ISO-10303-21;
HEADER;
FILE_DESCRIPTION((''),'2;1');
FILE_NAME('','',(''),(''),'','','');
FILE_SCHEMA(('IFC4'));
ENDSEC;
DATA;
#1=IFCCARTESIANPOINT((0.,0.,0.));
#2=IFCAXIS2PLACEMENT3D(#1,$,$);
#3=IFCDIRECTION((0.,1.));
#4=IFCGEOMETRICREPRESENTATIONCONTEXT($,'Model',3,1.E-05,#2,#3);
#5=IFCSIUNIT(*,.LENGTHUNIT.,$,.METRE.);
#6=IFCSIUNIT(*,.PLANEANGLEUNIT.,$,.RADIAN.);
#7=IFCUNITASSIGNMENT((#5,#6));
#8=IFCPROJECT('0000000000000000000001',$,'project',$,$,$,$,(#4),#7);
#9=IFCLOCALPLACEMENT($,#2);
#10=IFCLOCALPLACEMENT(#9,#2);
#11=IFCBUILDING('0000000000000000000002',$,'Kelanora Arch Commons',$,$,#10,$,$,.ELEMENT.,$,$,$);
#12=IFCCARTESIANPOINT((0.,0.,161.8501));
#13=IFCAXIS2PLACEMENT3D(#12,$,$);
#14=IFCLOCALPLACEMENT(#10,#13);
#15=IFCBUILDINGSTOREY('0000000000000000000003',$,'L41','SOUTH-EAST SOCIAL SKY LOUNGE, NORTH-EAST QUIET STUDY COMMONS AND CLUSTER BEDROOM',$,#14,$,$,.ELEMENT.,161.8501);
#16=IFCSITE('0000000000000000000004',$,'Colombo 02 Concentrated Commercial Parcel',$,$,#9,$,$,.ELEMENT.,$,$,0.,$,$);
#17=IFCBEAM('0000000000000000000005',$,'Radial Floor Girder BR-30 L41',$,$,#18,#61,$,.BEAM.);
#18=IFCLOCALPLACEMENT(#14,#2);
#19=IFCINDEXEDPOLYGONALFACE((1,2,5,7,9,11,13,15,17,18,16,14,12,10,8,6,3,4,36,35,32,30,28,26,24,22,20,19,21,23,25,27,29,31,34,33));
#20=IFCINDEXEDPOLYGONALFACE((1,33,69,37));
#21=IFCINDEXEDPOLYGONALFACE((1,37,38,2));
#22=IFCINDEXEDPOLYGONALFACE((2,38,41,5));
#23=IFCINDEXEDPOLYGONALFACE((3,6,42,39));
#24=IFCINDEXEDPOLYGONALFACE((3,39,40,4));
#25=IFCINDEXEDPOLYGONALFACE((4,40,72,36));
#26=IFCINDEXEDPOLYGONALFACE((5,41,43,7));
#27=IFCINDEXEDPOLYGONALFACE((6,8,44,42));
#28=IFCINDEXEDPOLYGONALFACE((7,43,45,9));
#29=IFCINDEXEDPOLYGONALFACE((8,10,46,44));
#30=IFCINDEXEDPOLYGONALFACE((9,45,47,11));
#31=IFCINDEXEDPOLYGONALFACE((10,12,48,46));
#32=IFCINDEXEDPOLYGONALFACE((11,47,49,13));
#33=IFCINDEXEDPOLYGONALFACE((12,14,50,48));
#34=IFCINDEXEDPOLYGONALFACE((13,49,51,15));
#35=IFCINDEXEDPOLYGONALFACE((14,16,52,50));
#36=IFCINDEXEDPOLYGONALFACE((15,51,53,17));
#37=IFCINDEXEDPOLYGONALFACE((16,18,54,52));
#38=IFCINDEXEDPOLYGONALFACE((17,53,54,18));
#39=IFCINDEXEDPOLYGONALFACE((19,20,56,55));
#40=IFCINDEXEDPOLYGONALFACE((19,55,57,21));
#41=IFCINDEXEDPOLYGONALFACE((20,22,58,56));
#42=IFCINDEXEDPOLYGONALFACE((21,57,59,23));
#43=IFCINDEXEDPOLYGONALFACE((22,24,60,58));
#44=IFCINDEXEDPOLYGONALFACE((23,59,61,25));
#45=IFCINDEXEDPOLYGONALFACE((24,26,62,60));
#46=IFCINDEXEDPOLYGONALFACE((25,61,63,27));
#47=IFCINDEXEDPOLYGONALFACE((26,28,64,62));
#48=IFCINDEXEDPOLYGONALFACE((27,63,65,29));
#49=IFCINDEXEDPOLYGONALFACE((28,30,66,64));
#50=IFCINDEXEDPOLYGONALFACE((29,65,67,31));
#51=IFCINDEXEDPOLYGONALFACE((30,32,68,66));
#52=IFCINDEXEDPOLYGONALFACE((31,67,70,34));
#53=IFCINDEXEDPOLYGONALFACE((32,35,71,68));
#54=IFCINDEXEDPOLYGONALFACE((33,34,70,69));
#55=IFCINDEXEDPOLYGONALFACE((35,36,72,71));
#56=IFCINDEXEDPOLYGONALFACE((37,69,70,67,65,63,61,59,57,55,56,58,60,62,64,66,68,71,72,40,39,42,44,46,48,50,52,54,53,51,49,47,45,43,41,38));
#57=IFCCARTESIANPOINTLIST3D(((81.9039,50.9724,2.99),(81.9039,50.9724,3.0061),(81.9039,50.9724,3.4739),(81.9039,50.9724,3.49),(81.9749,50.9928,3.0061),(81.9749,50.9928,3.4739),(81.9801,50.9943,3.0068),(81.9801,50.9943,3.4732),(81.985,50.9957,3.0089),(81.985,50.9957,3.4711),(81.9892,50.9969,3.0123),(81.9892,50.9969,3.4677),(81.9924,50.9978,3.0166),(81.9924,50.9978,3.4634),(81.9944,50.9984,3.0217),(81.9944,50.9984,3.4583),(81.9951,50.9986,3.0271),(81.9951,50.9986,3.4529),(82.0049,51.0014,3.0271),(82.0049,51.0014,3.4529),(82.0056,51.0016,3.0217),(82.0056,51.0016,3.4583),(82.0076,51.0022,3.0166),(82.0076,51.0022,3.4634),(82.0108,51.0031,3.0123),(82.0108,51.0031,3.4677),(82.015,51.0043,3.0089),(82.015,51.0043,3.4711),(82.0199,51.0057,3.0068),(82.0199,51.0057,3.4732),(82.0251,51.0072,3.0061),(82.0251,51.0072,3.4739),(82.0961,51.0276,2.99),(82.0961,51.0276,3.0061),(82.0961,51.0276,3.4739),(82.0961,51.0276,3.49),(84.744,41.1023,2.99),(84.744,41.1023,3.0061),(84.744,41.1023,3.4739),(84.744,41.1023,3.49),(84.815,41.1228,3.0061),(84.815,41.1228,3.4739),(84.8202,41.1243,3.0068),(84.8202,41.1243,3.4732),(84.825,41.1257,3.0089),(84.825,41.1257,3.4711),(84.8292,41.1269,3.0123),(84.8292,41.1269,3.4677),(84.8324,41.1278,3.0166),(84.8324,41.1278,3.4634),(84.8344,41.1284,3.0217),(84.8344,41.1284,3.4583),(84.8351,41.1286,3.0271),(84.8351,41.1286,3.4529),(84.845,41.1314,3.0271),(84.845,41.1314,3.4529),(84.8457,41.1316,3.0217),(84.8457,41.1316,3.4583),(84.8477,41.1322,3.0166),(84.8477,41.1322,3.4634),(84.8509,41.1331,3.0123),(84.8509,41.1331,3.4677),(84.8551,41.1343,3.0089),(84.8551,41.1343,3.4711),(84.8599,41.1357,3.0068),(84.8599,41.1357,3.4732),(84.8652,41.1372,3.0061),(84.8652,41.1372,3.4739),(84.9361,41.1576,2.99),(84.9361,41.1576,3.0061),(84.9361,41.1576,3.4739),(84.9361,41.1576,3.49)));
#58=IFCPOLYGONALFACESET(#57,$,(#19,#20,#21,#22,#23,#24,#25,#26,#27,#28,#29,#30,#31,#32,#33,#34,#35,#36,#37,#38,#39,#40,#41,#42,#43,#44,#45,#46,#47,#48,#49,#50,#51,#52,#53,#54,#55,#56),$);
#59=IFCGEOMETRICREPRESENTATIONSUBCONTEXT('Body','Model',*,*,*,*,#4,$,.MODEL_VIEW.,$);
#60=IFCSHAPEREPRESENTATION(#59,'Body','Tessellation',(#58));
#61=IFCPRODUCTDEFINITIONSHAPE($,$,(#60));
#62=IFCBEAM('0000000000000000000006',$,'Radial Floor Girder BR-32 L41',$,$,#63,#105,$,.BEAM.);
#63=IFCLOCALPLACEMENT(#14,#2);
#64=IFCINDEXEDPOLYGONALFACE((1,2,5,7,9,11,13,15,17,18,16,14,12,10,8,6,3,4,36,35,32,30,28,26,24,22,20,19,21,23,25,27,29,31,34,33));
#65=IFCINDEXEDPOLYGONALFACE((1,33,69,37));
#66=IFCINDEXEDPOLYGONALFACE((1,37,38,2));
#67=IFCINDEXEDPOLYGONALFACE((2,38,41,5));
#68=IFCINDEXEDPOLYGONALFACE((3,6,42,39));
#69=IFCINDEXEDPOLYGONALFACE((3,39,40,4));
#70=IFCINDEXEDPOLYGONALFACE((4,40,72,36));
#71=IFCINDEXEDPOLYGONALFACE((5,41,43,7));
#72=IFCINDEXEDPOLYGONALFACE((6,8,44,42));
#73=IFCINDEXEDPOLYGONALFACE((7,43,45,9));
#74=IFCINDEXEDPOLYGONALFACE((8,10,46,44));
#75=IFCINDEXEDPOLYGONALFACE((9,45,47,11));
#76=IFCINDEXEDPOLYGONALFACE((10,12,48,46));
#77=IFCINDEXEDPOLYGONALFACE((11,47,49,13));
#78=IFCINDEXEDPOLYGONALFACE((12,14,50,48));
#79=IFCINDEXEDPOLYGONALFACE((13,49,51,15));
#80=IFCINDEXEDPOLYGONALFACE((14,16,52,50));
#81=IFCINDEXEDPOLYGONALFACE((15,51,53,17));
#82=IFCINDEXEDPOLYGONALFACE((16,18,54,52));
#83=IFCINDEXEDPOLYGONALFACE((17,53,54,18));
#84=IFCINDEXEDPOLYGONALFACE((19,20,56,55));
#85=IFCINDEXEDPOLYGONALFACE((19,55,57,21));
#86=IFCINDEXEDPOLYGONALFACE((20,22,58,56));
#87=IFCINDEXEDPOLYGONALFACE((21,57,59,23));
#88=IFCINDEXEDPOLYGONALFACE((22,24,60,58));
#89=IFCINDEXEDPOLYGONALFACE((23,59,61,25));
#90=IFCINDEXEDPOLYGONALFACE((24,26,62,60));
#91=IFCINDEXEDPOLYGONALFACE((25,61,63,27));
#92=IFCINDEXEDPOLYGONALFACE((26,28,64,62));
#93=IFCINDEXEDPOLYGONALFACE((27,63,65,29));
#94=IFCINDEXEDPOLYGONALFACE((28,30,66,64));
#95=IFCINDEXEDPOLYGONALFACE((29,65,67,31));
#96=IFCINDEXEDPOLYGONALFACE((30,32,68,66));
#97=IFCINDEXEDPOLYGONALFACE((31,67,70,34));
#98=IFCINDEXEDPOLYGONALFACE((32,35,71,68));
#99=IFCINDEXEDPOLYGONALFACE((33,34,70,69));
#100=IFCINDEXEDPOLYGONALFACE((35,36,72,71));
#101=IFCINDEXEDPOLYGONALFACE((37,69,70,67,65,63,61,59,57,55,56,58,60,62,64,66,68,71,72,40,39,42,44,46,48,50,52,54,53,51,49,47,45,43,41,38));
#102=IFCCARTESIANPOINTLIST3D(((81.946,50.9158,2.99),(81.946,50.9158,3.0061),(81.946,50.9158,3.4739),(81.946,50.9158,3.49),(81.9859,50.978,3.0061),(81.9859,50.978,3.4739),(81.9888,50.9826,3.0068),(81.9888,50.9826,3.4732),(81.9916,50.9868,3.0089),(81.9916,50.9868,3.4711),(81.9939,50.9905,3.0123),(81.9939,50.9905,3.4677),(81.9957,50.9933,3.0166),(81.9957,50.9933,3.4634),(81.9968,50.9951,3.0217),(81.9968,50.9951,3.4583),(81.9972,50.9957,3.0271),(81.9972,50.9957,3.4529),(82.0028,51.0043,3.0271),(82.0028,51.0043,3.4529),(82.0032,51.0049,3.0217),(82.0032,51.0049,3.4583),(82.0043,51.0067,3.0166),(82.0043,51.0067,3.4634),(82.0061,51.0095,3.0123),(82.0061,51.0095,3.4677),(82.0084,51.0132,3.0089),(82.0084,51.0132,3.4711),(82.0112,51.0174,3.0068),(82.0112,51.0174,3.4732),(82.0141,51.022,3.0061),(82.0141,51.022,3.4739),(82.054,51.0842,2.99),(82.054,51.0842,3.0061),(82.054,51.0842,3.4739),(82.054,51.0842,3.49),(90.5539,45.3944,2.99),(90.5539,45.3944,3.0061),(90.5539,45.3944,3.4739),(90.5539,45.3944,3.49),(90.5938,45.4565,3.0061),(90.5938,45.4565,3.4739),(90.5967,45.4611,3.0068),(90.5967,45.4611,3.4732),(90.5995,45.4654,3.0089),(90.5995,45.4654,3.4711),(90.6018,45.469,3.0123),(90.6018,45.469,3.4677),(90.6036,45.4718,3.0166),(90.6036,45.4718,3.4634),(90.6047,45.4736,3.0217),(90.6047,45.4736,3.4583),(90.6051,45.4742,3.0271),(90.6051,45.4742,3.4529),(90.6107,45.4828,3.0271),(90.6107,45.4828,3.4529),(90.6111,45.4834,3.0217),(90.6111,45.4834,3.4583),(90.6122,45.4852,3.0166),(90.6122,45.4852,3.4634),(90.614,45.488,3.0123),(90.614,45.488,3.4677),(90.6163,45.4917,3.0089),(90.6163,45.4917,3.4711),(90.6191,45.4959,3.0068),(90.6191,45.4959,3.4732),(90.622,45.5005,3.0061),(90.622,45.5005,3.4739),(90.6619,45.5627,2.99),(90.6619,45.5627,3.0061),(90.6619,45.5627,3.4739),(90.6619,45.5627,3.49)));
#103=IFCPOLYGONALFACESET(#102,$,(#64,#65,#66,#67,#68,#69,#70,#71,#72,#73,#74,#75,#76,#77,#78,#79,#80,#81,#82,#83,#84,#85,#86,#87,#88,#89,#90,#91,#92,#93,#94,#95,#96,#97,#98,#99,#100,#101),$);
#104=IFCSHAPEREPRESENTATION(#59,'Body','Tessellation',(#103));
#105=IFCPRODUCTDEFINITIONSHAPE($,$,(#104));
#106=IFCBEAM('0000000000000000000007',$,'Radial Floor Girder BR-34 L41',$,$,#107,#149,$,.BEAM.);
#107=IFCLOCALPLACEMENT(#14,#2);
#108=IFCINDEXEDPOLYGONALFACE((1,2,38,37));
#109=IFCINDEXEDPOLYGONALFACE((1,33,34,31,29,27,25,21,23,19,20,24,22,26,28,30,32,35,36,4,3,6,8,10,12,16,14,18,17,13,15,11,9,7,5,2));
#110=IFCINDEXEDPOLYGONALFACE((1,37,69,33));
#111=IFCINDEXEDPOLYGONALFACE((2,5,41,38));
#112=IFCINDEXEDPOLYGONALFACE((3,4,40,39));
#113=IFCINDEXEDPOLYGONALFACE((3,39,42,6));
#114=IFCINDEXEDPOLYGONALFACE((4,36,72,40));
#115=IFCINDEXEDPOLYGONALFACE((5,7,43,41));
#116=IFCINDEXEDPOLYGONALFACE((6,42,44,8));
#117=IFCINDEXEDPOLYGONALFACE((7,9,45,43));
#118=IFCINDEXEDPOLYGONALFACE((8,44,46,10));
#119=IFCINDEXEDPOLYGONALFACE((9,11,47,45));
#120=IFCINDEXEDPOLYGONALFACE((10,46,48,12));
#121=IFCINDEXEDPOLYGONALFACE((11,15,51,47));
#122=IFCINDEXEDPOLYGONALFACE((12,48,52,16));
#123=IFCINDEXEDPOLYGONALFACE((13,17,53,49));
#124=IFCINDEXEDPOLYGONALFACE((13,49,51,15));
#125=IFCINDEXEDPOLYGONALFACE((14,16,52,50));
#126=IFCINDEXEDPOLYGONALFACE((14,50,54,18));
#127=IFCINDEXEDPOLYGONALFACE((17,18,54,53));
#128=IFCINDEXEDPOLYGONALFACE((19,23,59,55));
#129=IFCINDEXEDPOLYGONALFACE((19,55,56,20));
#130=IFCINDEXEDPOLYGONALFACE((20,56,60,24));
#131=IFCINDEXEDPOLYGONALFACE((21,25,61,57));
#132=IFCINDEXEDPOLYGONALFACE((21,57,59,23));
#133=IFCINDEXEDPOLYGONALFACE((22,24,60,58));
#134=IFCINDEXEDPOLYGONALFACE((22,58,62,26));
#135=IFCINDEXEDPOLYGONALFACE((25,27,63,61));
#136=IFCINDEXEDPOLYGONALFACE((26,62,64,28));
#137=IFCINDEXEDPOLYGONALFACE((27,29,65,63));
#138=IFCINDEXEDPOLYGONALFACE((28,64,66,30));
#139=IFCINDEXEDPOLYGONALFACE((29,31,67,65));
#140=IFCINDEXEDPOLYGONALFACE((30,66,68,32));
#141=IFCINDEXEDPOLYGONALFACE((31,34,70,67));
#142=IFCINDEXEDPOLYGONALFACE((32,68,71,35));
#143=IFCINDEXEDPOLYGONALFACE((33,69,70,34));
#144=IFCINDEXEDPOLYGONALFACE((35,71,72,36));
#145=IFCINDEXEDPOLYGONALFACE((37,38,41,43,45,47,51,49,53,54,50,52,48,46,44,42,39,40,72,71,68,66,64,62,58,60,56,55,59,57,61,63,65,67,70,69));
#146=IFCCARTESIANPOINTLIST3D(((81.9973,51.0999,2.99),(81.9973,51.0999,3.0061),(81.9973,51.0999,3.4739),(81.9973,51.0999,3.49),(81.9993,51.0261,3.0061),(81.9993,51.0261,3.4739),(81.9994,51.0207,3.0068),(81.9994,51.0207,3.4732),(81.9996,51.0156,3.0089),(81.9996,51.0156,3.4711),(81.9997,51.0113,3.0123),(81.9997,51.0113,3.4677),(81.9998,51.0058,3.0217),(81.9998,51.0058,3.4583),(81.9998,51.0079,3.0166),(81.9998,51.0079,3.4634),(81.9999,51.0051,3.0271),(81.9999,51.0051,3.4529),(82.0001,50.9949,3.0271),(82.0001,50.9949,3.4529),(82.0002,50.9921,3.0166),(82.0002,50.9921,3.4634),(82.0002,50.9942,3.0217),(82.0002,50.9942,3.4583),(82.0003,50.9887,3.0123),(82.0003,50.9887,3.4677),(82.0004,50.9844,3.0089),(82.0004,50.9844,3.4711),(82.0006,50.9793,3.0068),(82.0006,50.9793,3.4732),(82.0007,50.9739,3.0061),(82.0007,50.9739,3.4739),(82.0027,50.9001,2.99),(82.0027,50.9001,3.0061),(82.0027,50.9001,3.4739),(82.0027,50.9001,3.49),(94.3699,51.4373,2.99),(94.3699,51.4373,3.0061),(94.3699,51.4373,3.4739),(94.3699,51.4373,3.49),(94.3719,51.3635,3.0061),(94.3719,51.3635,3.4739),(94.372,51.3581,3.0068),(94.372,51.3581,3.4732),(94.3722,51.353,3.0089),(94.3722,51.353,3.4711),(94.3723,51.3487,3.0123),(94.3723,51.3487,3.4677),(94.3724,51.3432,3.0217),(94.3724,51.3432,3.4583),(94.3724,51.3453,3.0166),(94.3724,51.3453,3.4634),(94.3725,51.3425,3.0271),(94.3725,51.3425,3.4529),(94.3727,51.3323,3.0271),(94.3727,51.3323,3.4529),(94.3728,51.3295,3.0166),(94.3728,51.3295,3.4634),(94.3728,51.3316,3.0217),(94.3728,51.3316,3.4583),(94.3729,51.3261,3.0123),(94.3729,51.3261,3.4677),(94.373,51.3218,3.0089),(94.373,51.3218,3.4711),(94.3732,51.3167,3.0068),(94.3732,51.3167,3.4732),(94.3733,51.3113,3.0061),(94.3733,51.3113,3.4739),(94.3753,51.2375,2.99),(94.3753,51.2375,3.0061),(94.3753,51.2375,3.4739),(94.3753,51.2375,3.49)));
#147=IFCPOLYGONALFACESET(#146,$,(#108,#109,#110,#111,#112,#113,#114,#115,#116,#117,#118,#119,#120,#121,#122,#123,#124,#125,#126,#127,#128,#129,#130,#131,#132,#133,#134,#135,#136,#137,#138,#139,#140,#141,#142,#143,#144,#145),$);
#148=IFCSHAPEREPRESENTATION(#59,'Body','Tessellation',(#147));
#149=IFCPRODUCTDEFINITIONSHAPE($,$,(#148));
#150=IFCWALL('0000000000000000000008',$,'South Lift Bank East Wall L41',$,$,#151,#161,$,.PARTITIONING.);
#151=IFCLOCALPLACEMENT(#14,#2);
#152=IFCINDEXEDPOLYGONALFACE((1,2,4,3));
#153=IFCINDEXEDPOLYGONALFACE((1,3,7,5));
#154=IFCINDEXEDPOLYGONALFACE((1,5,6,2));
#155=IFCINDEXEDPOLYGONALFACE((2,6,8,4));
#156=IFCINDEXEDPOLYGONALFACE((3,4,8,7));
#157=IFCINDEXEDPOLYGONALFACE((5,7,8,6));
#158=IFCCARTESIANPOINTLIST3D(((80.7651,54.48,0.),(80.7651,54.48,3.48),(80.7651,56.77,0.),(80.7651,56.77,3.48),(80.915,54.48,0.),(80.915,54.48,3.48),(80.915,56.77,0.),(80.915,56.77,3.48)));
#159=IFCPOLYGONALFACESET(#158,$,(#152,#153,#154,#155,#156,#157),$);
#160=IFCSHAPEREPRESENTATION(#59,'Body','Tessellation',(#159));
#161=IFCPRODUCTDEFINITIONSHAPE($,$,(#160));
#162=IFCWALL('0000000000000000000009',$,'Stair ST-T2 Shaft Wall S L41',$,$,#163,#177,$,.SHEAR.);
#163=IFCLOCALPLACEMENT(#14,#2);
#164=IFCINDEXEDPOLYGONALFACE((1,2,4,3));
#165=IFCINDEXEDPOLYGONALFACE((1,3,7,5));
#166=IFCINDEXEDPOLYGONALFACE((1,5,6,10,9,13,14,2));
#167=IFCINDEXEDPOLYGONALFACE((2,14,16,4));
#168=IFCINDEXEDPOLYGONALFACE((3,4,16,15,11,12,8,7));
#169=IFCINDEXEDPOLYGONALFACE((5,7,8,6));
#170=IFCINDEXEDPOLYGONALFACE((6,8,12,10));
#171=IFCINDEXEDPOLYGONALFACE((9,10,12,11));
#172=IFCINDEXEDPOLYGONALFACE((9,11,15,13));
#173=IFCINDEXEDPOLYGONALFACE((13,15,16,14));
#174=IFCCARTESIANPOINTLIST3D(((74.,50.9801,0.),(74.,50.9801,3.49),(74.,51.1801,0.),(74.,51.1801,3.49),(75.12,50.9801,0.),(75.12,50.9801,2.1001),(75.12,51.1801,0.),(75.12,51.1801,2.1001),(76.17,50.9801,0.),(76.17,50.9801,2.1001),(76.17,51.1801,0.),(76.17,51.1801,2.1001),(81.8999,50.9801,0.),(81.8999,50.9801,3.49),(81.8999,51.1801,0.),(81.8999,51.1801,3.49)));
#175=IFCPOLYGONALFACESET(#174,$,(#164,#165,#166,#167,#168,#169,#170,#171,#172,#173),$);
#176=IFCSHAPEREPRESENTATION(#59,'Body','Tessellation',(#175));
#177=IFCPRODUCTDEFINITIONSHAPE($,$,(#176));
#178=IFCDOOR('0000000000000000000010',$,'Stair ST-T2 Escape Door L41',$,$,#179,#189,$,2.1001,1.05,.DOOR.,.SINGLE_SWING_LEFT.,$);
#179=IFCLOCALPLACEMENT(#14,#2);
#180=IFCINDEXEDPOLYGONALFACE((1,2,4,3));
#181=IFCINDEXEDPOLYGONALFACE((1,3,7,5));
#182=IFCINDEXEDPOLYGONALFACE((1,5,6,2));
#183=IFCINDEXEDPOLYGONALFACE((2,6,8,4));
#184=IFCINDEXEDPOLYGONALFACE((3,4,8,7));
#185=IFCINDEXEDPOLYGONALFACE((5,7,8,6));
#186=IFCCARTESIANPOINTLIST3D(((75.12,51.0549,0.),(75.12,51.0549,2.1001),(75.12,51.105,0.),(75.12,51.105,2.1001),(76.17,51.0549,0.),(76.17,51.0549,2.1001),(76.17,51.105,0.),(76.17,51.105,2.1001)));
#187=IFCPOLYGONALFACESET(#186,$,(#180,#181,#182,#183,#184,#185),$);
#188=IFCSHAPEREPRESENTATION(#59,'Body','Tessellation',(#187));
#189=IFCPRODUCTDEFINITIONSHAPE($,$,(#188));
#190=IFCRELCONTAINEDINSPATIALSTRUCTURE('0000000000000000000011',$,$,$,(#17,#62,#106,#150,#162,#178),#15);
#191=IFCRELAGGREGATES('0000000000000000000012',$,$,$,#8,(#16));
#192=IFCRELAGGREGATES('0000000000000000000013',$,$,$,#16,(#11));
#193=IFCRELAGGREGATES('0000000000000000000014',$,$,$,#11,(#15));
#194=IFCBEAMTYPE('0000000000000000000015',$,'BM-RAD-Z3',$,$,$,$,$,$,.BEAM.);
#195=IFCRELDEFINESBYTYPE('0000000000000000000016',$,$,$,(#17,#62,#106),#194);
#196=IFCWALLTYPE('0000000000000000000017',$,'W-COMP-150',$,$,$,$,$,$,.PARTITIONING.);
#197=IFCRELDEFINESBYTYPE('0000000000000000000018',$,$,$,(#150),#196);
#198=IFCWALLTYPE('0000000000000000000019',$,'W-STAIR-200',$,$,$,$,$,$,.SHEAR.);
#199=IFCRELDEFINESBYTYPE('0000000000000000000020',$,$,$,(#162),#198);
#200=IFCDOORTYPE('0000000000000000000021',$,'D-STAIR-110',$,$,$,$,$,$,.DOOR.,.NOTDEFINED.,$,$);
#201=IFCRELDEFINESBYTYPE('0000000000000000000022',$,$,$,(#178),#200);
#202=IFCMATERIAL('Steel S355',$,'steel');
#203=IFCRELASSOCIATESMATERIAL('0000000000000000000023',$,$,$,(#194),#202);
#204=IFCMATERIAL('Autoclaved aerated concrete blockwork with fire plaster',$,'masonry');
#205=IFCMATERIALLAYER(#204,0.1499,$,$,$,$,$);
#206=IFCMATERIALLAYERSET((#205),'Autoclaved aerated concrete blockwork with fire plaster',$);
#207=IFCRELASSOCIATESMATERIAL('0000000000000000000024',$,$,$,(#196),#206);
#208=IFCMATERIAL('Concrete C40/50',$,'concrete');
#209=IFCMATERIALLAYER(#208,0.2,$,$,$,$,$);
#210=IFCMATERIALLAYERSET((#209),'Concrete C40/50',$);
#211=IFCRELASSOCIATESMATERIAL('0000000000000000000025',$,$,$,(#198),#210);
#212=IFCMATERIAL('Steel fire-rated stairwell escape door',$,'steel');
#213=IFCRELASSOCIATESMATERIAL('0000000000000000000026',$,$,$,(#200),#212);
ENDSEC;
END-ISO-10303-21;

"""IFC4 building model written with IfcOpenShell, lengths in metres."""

from ifc_helpers import new_model, si_unit, direction, frame, frame_2d, origin, origin_2d, place, context, subcontext, project, spatial, rectangle, i_section, extrude, material, layer, layer_set, material_profile, profile_set, type_object, element, fill, save


model = new_model("IFC4")

# Units and contexts
model_context = context("Model", 3, precision=1e-05, world=origin(), true_north=direction((0.0, 1.0)))
body_context = subcontext(model_context, "Body", "Model", "MODEL_VIEW")
ifc_project = project(units=[si_unit("LENGTHUNIT", "METRE"), si_unit("PLANEANGLEUNIT", "RADIAN")], contexts=[model_context])

# Site, building, storey
site_placement = place(None, origin())
site = spatial("IfcSite", under=ifc_project, at=site_placement, Name="Colombo 02 Concentrated Commercial Parcel", CompositionType="ELEMENT", RefElevation=0.0)
building_placement = place(site_placement, origin())
building = spatial("IfcBuilding", under=site, at=building_placement, Name="Kelanora Arch Commons", CompositionType="ELEMENT")
storey_placement = place(building_placement, frame((0.0, 0.0, 161.8501)))
storey = spatial("IfcBuildingStorey", under=building, at=storey_placement, Name="L41", Description="SOUTH-EAST SOCIAL SKY LOUNGE, NORTH-EAST QUIET STUDY COMMONS AND CLUSTER BEDROOM", CompositionType="ELEMENT", Elevation=161.8501)

# Beams
ifc_material_1 = material(Name="Steel S355", Category="steel")
ifc_material_profile_1 = material_profile(ifc_material_1, i_section(OverallWidth=0.2, OverallDepth=0.5, WebThickness=0.0103, FlangeThickness=0.0161, FilletRadius=0.021, at=origin_2d()), Name="IPE500")
ifc_profile_set_1 = profile_set([ifc_material_profile_1], Name="Steel S355")
beam_type_1 = type_object("IfcBeamType", Name="BM-RAD-Z3", PredefinedType="BEAM", material=ifc_profile_set_1)
beam_1_placement = place(storey_placement, frame((82.0, 51.0, 3.24), z_axis=(0.276526, -0.961006, 0.0), x_axis=(0.961006, 0.276526, 0.0)))
element("IfcBeam", 1, at=beam_1_placement, inside=storey, type_object=beam_type_1, Name="Radial Floor Girder BR-30 L41", PredefinedType="BEAM", context=body_context, shape_type="SweptSolid", body=[
    extrude(i_section(OverallWidth=0.2, OverallDepth=0.5, WebThickness=0.0103, FlangeThickness=0.0161, FilletRadius=0.021, at=origin_2d()), origin(), (0.0, 0.0, 1.0), 10.2705),
])
beam_2_placement = place(storey_placement, frame((82.0, 51.0, 3.24), z_axis=(0.841719, -0.539915, 0.0), x_axis=(0.539915, 0.841719, 0.0)))
element("IfcBeam", 2, at=beam_2_placement, inside=storey, type_object=beam_type_1, Name="Radial Floor Girder BR-32 L41", PredefinedType="BEAM", context=body_context, shape_type="SweptSolid", body=[
    extrude(i_section(OverallWidth=0.2, OverallDepth=0.5, WebThickness=0.0103, FlangeThickness=0.0161, FilletRadius=0.021, at=origin_2d()), origin(), (0.0, 0.0, 1.0), 10.2266),
])
beam_3_placement = place(storey_placement, frame((82.0, 51.0, 3.24), z_axis=(0.999628, 0.02726, 0.0), x_axis=(-0.02726, 0.999628, 0.0)))
element("IfcBeam", 3, at=beam_3_placement, inside=storey, type_object=beam_type_1, Name="Radial Floor Girder BR-34 L41", PredefinedType="BEAM", context=body_context, shape_type="SweptSolid", body=[
    extrude(i_section(OverallWidth=0.2, OverallDepth=0.5, WebThickness=0.0103, FlangeThickness=0.0161, FilletRadius=0.021, at=origin_2d()), origin(), (0.0, 0.0, 1.0), 12.3772),
])

# Wall
ifc_material_2 = material(Name="Autoclaved aerated concrete blockwork with fire plaster", Category="masonry")
ifc_layer_1 = layer(ifc_material_2, 0.1499)
ifc_layer_set_1 = layer_set([ifc_layer_1], Name="Autoclaved aerated concrete blockwork with fire plaster")
wall_type_1 = type_object("IfcWallType", Name="W-COMP-150", PredefinedType="PARTITIONING", material=ifc_layer_set_1)
wall_1_placement = place(storey_placement, frame((80.8401, 54.48, 0.0), z_axis=(0.0, 0.0, 1.0), x_axis=(0.0, 1.0, 0.0)))
element("IfcWall", 4, at=wall_1_placement, inside=storey, type_object=wall_type_1, Name="South Lift Bank East Wall L41", PredefinedType="PARTITIONING", context=body_context, shape_type="SweptSolid", body=[
    extrude(rectangle(XDim=2.29, YDim=0.1499, at=frame_2d((1.145, 0.0))), origin(), (0.0, 0.0, 1.0), 3.48),
])

# Wall, opening, door
ifc_material_3 = material(Name="Concrete C40/50", Category="concrete")
ifc_layer_2 = layer(ifc_material_3, 0.2)
ifc_layer_set_2 = layer_set([ifc_layer_2], Name="Concrete C40/50")
wall_type_2 = type_object("IfcWallType", Name="W-STAIR-200", PredefinedType="SHEAR", material=ifc_layer_set_2)
wall_2_placement = place(storey_placement, frame((74.0, 51.0801, 0.0), z_axis=(0.0, 0.0, 1.0), x_axis=(1.0, 0.0, 0.0)))
wall_2 = element("IfcWall", 5, at=wall_2_placement, inside=storey, type_object=wall_type_2, Name="Stair ST-T2 Shaft Wall S L41", PredefinedType="SHEAR", context=body_context, shape_type="SweptSolid", body=[
    extrude(rectangle(XDim=7.8999, YDim=0.2, at=frame_2d((3.95, 0.0))), origin(), (0.0, 0.0, 1.0), 3.49),
])
opening_placement = place(wall_2_placement, frame((1.1201, 0.0, 0.0)))
opening = element("IfcOpeningElement", 6, at=opening_placement, cuts=wall_2, PredefinedType="OPENING", context=body_context, shape_type="SweptSolid", body=[
    extrude(rectangle(XDim=1.05, YDim=2.1001, at=frame_2d((0.5249, 1.05))), frame((0.0, 0.1099, 0.0), z_axis=(0.0, -1.0, 0.0), x_axis=(1.0, 0.0, 0.0)), (0.0, 0.0, 1.0), 0.22),
])
ifc_material_4 = material(Name="Steel fire-rated stairwell escape door", Category="steel")
door_type = type_object("IfcDoorType", Name="D-STAIR-110", OperationType="NOTDEFINED", PredefinedType="DOOR", material=ifc_material_4)
door_placement = place(opening_placement, origin())
door = element("IfcDoor", 7, at=door_placement, inside=storey, type_object=door_type, Name="Stair ST-T2 Escape Door L41", OperationType="SINGLE_SWING_LEFT", OverallHeight=2.1001, OverallWidth=1.05, PredefinedType="DOOR", context=body_context, shape_type="SweptSolid", body=[
    extrude(rectangle(XDim=1.05, YDim=2.1001, at=frame_2d((0.5249, 1.05))), frame((0.0, 0.0249, 0.0), z_axis=(0.0, -1.0, 0.0), x_axis=(1.0, 0.0, 0.0)), (0.0, 0.0, 1.0), 0.05),
])
fill(opening, door)

save(model, "model.ifc")
